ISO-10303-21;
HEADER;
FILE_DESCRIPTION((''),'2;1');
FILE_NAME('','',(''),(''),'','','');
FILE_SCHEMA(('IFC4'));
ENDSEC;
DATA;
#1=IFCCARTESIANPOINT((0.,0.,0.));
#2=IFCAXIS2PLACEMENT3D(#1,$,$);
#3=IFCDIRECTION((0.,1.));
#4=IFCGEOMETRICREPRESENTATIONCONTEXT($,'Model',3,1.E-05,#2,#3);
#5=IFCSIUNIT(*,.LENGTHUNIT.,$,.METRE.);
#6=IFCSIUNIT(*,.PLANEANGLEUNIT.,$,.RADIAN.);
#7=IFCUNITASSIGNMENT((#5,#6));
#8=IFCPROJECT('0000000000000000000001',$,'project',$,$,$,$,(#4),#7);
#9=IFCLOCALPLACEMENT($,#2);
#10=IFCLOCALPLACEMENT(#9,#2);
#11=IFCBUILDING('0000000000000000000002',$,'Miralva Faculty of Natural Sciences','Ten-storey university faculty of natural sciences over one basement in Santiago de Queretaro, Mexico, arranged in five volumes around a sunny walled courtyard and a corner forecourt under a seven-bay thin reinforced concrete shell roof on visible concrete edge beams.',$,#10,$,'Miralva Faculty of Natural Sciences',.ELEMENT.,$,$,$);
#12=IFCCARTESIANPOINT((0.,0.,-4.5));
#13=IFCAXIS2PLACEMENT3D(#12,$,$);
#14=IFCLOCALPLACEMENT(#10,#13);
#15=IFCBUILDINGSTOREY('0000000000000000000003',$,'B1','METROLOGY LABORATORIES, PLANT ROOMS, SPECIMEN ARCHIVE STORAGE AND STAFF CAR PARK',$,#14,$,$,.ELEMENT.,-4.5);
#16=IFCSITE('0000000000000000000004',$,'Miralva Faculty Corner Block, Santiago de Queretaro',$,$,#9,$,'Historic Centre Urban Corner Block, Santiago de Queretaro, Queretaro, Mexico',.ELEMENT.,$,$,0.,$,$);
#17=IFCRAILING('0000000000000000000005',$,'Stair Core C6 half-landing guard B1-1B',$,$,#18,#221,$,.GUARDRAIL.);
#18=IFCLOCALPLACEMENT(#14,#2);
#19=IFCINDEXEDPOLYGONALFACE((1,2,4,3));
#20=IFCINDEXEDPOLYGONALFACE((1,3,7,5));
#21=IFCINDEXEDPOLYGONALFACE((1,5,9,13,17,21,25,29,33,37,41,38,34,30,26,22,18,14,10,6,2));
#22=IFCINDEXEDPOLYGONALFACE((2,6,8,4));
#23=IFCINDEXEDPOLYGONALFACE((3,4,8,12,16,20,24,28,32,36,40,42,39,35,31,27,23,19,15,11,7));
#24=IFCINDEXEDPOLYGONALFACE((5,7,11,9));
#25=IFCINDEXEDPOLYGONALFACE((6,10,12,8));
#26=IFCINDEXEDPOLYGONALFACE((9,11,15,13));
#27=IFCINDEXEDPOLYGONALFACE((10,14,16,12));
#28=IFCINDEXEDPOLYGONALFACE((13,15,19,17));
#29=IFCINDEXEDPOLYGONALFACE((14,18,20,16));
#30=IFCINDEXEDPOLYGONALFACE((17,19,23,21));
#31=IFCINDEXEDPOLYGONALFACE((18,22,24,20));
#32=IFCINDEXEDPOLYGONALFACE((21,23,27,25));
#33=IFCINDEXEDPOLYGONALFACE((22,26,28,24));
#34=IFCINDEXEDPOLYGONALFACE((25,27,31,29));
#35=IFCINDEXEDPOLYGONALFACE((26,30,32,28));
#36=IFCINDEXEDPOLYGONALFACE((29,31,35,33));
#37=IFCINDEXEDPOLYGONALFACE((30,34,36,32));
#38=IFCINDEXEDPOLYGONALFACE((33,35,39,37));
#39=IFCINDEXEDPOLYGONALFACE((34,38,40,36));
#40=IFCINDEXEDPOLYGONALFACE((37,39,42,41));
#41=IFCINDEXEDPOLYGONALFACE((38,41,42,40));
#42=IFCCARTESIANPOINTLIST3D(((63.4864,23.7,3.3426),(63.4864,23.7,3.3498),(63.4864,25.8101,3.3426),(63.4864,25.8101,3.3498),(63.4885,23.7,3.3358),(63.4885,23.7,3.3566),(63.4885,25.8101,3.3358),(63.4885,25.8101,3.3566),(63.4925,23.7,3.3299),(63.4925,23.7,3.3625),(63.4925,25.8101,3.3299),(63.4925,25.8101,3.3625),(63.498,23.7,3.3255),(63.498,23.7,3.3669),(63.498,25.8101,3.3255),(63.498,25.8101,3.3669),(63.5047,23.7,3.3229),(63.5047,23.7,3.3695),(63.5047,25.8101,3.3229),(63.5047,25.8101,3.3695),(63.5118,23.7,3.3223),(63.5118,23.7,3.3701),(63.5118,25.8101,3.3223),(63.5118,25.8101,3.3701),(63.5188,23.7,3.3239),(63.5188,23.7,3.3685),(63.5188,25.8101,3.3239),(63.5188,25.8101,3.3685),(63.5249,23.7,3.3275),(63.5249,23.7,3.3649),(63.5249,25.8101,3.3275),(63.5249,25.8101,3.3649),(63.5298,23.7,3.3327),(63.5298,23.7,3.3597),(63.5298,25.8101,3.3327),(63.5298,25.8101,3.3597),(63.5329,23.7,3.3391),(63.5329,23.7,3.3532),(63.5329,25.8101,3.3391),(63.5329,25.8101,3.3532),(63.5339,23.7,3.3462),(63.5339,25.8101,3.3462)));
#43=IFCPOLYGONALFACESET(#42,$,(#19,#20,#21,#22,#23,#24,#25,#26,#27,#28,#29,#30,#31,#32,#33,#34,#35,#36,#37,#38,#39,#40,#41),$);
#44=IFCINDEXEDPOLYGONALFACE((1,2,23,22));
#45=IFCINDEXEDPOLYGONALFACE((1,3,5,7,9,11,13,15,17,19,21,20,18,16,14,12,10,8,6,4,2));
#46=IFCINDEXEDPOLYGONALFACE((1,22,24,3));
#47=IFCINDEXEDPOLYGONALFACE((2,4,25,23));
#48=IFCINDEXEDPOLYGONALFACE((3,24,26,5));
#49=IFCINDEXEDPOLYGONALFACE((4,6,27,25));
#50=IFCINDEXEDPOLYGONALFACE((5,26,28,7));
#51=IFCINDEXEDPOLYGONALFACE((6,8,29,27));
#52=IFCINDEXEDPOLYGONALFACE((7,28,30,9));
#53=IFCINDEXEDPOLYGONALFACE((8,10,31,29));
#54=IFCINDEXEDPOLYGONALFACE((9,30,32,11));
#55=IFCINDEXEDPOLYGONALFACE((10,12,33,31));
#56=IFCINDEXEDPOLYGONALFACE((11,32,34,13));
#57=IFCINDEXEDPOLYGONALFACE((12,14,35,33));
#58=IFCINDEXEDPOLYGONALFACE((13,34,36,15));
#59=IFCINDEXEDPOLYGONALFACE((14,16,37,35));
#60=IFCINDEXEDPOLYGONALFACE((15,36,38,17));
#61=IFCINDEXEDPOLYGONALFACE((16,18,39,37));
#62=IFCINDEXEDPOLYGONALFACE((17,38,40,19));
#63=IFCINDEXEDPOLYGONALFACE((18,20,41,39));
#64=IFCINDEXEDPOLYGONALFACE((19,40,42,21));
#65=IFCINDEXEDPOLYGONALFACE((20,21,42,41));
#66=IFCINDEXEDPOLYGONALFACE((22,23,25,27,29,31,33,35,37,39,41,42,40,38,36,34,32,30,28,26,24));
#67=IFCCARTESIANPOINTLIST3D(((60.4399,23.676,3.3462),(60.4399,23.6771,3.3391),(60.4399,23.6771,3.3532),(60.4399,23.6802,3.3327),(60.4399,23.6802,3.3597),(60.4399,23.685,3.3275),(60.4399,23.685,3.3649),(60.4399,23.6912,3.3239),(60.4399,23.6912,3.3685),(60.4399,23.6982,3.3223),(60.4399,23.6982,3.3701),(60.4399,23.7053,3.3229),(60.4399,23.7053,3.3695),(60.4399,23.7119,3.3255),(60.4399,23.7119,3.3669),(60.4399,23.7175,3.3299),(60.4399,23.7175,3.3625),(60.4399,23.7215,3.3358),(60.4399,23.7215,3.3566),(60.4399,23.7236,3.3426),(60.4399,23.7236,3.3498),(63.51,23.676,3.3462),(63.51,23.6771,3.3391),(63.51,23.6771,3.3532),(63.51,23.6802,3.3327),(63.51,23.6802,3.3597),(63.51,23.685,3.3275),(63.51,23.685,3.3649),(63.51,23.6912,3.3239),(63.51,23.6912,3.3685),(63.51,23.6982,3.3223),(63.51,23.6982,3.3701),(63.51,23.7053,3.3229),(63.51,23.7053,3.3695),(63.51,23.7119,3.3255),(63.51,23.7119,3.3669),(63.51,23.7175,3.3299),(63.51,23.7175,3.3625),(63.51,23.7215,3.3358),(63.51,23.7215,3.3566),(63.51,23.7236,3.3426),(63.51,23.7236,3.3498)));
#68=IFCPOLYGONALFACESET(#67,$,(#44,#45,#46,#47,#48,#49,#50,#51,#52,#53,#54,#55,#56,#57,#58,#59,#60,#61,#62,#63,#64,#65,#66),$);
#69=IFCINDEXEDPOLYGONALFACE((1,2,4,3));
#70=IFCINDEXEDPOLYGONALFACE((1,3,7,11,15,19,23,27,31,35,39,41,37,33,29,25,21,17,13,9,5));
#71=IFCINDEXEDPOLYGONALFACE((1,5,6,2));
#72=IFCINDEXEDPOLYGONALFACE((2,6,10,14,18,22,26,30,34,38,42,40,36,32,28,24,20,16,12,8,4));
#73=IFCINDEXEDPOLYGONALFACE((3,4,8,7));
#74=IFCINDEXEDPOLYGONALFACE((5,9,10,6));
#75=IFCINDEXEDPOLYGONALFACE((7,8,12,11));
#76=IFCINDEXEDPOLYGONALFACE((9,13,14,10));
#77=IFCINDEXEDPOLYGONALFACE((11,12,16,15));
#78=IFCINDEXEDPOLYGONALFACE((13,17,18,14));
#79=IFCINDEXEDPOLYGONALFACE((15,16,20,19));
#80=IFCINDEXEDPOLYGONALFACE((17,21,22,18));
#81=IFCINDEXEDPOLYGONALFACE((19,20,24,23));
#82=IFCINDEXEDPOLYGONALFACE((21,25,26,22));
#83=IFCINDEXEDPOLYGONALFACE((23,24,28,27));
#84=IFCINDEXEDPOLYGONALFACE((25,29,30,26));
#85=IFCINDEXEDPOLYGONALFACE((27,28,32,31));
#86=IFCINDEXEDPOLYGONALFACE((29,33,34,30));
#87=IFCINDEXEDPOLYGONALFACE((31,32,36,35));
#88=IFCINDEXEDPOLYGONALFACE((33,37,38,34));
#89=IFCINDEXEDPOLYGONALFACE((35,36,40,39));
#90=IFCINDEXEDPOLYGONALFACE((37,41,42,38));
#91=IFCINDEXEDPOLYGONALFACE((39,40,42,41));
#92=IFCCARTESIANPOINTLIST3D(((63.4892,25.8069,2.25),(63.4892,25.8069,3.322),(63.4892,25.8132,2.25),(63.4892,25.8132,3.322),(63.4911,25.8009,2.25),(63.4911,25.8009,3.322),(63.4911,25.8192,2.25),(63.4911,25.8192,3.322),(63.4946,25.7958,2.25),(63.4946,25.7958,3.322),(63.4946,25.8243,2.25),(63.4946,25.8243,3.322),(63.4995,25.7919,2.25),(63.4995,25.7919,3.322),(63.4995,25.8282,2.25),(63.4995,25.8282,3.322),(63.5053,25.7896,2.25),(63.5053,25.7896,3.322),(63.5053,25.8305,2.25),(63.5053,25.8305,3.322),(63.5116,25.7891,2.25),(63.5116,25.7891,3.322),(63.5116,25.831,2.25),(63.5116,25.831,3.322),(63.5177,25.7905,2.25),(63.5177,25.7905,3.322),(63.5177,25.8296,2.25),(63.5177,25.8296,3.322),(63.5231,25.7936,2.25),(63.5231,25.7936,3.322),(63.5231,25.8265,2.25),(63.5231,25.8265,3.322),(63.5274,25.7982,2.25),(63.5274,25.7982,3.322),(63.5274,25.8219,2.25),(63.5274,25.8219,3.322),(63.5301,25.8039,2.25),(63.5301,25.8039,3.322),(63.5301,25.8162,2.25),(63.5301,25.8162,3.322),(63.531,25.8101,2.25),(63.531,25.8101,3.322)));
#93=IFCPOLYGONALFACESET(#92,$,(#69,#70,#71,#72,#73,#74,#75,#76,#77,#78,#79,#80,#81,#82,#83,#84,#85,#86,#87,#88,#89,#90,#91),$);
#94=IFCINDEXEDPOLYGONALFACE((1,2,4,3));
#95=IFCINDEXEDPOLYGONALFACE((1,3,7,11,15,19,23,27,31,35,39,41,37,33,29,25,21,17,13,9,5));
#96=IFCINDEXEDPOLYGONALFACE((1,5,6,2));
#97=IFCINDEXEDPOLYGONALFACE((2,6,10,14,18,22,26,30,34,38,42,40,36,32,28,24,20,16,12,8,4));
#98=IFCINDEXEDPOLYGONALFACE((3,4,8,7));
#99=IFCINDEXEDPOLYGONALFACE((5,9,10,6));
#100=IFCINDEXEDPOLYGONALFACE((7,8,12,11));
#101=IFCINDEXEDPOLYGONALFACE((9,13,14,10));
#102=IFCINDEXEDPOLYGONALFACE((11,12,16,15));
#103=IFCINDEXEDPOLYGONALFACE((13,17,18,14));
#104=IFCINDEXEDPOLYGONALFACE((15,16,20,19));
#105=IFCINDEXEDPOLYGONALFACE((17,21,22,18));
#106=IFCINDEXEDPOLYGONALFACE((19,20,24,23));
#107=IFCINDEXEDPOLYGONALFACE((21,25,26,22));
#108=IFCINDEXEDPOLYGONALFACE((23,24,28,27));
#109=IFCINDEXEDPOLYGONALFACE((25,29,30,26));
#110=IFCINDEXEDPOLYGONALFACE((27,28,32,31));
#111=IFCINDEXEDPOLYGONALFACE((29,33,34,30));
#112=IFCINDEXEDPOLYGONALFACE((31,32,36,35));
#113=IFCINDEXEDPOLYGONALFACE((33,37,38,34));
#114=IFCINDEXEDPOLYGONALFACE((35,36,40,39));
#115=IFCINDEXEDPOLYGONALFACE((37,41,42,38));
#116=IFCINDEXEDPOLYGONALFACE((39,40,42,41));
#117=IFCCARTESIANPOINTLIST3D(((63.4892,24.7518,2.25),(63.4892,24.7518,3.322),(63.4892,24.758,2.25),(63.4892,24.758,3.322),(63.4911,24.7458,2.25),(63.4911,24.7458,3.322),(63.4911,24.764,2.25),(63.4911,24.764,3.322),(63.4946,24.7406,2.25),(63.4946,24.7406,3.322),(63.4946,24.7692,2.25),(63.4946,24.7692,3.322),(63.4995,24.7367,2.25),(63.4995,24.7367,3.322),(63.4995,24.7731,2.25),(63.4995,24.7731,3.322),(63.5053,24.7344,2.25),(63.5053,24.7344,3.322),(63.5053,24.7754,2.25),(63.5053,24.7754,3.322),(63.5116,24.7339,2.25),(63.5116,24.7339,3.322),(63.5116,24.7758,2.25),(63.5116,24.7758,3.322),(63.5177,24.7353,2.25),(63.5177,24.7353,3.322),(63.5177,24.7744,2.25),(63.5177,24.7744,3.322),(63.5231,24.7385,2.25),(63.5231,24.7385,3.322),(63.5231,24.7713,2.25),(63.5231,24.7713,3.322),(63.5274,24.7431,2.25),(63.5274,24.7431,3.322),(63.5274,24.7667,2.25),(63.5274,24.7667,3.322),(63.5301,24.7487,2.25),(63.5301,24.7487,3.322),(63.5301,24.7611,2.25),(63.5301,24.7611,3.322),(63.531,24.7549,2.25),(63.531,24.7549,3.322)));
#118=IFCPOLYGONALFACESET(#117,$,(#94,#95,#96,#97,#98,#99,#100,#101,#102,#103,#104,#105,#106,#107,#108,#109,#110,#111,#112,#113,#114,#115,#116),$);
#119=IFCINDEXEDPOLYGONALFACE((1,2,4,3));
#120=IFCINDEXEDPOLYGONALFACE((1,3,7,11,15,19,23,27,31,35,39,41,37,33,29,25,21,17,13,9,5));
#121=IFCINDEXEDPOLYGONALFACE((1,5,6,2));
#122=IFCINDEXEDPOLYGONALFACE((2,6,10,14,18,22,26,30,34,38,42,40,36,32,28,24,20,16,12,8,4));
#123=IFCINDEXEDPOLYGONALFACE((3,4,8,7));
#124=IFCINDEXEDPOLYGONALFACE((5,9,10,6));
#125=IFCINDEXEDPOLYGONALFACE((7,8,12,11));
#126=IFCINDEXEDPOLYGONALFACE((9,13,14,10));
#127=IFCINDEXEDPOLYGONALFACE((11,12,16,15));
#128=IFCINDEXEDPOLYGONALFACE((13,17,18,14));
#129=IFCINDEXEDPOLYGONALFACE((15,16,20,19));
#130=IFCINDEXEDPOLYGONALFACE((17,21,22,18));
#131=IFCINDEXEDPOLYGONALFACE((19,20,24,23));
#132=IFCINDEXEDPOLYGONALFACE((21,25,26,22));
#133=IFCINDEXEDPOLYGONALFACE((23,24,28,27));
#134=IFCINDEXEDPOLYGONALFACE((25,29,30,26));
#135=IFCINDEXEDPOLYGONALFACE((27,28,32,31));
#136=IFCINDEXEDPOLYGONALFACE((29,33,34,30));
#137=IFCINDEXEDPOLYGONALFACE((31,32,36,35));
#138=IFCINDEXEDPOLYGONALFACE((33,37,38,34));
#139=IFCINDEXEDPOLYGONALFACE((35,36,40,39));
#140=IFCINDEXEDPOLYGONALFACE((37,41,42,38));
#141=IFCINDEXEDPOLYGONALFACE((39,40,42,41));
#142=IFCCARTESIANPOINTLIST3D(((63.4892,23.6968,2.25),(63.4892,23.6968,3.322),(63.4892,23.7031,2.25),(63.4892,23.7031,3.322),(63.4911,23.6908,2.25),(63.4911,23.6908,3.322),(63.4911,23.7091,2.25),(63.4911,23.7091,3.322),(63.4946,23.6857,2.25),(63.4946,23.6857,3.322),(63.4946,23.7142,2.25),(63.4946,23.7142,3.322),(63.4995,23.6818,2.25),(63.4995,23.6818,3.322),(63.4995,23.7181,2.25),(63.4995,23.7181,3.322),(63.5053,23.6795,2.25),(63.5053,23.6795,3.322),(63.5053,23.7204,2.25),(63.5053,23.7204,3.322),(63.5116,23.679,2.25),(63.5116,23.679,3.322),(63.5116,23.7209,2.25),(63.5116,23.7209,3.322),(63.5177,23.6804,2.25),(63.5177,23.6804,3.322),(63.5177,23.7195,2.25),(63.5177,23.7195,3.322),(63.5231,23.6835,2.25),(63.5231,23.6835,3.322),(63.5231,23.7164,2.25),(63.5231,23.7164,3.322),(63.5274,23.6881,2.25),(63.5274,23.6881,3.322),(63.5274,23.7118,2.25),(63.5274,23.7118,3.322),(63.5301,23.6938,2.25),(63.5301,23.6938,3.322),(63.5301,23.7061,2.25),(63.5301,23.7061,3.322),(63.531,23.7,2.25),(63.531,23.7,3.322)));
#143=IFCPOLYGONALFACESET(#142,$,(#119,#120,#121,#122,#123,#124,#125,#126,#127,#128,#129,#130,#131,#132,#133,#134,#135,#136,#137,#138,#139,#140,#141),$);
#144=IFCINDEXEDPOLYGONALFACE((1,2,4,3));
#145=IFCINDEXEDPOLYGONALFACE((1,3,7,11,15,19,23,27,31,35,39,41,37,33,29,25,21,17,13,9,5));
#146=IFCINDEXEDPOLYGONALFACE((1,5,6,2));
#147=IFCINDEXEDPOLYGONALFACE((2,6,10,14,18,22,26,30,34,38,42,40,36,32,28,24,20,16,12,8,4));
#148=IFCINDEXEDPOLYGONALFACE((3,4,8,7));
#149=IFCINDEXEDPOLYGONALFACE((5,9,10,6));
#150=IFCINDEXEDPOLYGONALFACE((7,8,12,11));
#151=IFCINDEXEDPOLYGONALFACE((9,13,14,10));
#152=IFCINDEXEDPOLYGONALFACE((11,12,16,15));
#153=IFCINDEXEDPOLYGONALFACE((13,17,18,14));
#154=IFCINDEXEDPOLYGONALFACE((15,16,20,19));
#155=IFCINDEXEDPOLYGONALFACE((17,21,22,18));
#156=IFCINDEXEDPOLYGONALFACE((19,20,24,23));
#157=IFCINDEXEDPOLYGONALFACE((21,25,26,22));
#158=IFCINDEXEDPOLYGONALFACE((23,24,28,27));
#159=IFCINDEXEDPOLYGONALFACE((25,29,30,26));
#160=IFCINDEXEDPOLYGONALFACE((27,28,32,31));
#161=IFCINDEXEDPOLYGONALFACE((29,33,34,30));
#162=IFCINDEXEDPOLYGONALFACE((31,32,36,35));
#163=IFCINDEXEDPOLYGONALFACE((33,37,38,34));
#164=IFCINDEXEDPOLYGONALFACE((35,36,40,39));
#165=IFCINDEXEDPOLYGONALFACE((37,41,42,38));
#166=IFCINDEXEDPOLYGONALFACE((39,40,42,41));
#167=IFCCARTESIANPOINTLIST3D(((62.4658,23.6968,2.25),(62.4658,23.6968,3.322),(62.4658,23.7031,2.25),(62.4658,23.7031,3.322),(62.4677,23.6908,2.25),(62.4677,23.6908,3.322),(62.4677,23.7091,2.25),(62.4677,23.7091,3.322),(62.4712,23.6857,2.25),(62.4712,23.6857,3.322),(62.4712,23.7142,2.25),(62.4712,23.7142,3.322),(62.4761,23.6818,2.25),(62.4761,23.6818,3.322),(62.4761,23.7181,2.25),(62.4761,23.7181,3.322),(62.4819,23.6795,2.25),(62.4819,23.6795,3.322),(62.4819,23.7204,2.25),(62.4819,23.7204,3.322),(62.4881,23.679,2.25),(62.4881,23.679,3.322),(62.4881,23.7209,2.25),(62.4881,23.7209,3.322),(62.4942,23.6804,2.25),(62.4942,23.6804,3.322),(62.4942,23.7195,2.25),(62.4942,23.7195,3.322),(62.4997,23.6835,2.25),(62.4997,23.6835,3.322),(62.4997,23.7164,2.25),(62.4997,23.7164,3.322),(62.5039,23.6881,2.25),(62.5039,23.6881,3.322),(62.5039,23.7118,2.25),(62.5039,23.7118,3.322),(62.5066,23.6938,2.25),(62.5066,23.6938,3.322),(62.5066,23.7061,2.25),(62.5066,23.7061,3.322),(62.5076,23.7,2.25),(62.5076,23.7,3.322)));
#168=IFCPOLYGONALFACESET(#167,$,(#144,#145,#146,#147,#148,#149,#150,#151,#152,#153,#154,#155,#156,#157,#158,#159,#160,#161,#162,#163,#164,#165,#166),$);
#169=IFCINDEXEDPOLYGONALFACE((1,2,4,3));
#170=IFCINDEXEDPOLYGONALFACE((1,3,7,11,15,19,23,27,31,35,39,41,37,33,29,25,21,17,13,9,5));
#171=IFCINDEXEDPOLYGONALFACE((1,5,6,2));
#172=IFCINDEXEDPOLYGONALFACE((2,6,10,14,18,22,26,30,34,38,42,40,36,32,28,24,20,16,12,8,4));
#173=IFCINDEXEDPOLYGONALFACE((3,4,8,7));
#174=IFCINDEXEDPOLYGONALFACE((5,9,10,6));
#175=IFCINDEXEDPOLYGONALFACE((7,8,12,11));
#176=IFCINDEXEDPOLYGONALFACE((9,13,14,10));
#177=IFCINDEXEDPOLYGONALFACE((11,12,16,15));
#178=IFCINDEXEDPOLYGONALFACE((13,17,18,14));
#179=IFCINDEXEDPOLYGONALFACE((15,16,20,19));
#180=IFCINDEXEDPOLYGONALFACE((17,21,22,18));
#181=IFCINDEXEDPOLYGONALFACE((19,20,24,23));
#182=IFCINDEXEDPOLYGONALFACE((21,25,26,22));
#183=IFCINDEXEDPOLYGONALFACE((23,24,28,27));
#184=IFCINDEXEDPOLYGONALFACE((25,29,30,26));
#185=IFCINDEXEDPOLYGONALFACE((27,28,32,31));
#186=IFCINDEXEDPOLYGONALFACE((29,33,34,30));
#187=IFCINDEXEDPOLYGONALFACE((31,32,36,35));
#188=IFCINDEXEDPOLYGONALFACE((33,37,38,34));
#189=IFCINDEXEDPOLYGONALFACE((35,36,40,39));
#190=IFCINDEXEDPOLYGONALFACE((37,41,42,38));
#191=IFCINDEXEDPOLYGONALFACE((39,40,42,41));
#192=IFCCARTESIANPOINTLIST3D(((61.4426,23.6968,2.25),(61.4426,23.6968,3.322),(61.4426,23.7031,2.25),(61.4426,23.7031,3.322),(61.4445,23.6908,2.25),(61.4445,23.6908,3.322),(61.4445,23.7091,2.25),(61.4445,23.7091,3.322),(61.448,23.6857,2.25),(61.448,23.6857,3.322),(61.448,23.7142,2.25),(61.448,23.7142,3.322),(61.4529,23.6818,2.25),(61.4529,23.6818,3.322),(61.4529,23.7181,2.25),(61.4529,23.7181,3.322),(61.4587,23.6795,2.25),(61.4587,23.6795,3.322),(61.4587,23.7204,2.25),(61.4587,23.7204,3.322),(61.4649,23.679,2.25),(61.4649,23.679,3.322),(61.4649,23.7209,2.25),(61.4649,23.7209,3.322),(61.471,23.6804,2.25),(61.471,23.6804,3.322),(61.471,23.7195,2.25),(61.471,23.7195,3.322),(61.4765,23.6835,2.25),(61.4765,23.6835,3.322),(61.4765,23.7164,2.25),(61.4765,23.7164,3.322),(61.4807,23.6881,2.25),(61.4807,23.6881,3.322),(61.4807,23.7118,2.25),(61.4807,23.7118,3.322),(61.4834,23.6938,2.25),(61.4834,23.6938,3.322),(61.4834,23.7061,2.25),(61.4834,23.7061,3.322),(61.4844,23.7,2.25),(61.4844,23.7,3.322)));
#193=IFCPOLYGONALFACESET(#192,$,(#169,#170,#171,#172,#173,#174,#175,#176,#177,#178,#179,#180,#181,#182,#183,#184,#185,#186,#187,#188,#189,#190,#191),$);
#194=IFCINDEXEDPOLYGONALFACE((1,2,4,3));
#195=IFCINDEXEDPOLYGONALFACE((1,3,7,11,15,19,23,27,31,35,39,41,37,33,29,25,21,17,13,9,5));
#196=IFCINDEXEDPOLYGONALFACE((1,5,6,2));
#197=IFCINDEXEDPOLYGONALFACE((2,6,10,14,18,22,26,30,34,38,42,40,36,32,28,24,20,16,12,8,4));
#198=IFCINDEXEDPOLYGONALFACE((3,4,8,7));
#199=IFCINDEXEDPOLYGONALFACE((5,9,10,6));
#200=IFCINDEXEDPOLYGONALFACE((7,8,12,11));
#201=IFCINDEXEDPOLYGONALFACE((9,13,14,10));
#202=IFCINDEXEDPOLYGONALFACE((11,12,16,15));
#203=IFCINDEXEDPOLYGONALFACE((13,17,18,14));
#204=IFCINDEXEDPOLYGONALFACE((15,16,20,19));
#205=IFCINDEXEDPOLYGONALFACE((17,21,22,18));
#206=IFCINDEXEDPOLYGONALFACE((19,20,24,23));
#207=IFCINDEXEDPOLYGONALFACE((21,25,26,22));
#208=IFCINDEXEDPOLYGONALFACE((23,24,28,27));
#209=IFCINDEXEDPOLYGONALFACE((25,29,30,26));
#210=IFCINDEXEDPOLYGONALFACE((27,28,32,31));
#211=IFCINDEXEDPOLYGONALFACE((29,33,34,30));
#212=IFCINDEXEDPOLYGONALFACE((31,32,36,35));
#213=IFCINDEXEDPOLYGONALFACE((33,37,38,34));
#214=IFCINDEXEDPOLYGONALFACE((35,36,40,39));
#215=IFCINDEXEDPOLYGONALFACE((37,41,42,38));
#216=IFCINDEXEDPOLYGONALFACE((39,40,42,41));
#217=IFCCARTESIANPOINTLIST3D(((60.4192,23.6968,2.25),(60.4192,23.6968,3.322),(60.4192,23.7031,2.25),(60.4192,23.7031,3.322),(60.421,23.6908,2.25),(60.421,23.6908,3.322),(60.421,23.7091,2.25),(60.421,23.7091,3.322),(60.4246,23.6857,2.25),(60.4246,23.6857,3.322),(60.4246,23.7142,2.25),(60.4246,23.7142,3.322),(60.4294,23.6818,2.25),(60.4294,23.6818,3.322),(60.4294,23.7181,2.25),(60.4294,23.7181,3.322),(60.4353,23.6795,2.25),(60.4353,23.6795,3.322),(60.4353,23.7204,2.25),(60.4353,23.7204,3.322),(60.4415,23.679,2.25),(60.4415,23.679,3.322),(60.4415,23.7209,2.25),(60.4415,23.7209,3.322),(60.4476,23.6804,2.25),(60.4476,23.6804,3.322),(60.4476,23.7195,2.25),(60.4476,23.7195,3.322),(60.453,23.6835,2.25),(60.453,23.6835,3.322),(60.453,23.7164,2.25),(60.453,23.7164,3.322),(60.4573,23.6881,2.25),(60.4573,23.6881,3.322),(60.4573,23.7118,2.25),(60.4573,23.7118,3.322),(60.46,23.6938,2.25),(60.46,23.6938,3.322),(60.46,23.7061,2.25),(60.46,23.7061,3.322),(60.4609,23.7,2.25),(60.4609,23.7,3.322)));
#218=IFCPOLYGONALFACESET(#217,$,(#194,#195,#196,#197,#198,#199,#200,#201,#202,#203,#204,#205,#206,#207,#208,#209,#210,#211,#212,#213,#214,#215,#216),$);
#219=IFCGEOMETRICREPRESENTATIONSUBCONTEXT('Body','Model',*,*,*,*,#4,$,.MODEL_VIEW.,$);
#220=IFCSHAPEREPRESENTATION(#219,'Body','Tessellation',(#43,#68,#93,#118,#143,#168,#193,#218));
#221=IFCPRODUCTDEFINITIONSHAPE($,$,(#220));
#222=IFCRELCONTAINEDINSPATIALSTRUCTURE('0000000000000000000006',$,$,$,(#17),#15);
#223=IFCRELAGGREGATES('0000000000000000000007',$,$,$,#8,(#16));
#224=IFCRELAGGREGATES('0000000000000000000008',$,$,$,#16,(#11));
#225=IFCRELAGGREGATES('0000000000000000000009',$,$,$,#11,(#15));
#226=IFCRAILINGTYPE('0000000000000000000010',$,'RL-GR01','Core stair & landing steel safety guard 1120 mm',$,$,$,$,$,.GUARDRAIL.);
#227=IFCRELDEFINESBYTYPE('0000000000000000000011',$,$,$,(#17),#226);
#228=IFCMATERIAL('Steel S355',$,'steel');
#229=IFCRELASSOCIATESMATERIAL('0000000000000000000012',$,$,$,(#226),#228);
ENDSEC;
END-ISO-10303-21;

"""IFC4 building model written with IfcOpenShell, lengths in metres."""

from ifc_helpers import new_model, si_unit, direction, frame, origin, origin_2d, place, context, subcontext, project, spatial, circle, extrude, material, type_object, element, save


model = new_model("IFC4")

# Units and contexts
model_context = context("Model", 3, precision=1e-05, world=origin(), true_north=direction((0.0, 1.0)))
body_context = subcontext(model_context, "Body", "Model", "MODEL_VIEW")
ifc_project = project(units=[si_unit("LENGTHUNIT", "METRE"), si_unit("PLANEANGLEUNIT", "RADIAN")], contexts=[model_context])

# Site, building, storey
site_placement = place(None, origin())
site = spatial("IfcSite", under=ifc_project, at=site_placement, Name="Miralva Faculty Corner Block, Santiago de Queretaro", LongName="Historic Centre Urban Corner Block, Santiago de Queretaro, Queretaro, Mexico", CompositionType="ELEMENT", RefElevation=0.0)
building_placement = place(site_placement, origin())
building = spatial("IfcBuilding", under=site, at=building_placement, Name="Miralva Faculty of Natural Sciences", Description="Ten-storey university faculty of natural sciences over one basement in Santiago de Queretaro, Mexico, arranged in five volumes around a sunny walled courtyard and a corner forecourt under a seven-bay thin reinforced concrete shell roof on visible concrete edge beams.", LongName="Miralva Faculty of Natural Sciences", CompositionType="ELEMENT")
storey_placement = place(building_placement, frame((0.0, 0.0, -4.5)))
storey = spatial("IfcBuildingStorey", under=building, at=storey_placement, Name="B1", Description="METROLOGY LABORATORIES, PLANT ROOMS, SPECIMEN ARCHIVE STORAGE AND STAFF CAR PARK", CompositionType="ELEMENT", Elevation=-4.5)

# Railing
ifc_material_1 = material(Name="Steel S355", Category="steel")
railing_type = type_object("IfcRailingType", Name="RL-GR01", Description="Core stair & landing steel safety guard 1120 mm", PredefinedType="GUARDRAIL", material=ifc_material_1)
railing_placement = place(storey_placement, frame((63.51, 25.8101, 2.25)))
element("IfcRailing", 1, at=railing_placement, inside=storey, type_object=railing_type, Name="Stair Core C6 half-landing guard B1-1B", PredefinedType="GUARDRAIL", context=body_context, shape_type="SweptSolid", body=[
    extrude(circle(Radius=0.0239, at=origin_2d()), frame((0.0, 0.0, 1.0962), z_axis=(0.0, -1.0, 0.0), x_axis=(1.0, 0.0, 0.0)), (0.0, 0.0, 1.0), 2.1101),
    extrude(circle(Radius=0.0239, at=origin_2d()), frame((0.0, -2.1101, 1.0962), z_axis=(-1.0, 0.0, 0.0), x_axis=(0.0, -1.0, 0.0)), (0.0, 0.0, 1.0), 3.0701),
    extrude(circle(Radius=0.021, at=origin_2d()), origin(), (0.0, 0.0, 1.0), 1.072),
    extrude(circle(Radius=0.021, at=origin_2d()), frame((0.0, -1.0552, 0.0)), (0.0, 0.0, 1.0), 1.072),
    extrude(circle(Radius=0.021, at=origin_2d()), frame((0.0, -2.1101, 0.0)), (0.0, 0.0, 1.0), 1.072),
    extrude(circle(Radius=0.021, at=origin_2d()), frame((-1.0234, -2.1101, 0.0)), (0.0, 0.0, 1.0), 1.072),
    extrude(circle(Radius=0.021, at=origin_2d()), frame((-2.0466, -2.1101, 0.0)), (0.0, 0.0, 1.0), 1.072),
    extrude(circle(Radius=0.021, at=origin_2d()), frame((-3.0701, -2.1101, 0.0)), (0.0, 0.0, 1.0), 1.072),
])

save(model, "model.ifc")
